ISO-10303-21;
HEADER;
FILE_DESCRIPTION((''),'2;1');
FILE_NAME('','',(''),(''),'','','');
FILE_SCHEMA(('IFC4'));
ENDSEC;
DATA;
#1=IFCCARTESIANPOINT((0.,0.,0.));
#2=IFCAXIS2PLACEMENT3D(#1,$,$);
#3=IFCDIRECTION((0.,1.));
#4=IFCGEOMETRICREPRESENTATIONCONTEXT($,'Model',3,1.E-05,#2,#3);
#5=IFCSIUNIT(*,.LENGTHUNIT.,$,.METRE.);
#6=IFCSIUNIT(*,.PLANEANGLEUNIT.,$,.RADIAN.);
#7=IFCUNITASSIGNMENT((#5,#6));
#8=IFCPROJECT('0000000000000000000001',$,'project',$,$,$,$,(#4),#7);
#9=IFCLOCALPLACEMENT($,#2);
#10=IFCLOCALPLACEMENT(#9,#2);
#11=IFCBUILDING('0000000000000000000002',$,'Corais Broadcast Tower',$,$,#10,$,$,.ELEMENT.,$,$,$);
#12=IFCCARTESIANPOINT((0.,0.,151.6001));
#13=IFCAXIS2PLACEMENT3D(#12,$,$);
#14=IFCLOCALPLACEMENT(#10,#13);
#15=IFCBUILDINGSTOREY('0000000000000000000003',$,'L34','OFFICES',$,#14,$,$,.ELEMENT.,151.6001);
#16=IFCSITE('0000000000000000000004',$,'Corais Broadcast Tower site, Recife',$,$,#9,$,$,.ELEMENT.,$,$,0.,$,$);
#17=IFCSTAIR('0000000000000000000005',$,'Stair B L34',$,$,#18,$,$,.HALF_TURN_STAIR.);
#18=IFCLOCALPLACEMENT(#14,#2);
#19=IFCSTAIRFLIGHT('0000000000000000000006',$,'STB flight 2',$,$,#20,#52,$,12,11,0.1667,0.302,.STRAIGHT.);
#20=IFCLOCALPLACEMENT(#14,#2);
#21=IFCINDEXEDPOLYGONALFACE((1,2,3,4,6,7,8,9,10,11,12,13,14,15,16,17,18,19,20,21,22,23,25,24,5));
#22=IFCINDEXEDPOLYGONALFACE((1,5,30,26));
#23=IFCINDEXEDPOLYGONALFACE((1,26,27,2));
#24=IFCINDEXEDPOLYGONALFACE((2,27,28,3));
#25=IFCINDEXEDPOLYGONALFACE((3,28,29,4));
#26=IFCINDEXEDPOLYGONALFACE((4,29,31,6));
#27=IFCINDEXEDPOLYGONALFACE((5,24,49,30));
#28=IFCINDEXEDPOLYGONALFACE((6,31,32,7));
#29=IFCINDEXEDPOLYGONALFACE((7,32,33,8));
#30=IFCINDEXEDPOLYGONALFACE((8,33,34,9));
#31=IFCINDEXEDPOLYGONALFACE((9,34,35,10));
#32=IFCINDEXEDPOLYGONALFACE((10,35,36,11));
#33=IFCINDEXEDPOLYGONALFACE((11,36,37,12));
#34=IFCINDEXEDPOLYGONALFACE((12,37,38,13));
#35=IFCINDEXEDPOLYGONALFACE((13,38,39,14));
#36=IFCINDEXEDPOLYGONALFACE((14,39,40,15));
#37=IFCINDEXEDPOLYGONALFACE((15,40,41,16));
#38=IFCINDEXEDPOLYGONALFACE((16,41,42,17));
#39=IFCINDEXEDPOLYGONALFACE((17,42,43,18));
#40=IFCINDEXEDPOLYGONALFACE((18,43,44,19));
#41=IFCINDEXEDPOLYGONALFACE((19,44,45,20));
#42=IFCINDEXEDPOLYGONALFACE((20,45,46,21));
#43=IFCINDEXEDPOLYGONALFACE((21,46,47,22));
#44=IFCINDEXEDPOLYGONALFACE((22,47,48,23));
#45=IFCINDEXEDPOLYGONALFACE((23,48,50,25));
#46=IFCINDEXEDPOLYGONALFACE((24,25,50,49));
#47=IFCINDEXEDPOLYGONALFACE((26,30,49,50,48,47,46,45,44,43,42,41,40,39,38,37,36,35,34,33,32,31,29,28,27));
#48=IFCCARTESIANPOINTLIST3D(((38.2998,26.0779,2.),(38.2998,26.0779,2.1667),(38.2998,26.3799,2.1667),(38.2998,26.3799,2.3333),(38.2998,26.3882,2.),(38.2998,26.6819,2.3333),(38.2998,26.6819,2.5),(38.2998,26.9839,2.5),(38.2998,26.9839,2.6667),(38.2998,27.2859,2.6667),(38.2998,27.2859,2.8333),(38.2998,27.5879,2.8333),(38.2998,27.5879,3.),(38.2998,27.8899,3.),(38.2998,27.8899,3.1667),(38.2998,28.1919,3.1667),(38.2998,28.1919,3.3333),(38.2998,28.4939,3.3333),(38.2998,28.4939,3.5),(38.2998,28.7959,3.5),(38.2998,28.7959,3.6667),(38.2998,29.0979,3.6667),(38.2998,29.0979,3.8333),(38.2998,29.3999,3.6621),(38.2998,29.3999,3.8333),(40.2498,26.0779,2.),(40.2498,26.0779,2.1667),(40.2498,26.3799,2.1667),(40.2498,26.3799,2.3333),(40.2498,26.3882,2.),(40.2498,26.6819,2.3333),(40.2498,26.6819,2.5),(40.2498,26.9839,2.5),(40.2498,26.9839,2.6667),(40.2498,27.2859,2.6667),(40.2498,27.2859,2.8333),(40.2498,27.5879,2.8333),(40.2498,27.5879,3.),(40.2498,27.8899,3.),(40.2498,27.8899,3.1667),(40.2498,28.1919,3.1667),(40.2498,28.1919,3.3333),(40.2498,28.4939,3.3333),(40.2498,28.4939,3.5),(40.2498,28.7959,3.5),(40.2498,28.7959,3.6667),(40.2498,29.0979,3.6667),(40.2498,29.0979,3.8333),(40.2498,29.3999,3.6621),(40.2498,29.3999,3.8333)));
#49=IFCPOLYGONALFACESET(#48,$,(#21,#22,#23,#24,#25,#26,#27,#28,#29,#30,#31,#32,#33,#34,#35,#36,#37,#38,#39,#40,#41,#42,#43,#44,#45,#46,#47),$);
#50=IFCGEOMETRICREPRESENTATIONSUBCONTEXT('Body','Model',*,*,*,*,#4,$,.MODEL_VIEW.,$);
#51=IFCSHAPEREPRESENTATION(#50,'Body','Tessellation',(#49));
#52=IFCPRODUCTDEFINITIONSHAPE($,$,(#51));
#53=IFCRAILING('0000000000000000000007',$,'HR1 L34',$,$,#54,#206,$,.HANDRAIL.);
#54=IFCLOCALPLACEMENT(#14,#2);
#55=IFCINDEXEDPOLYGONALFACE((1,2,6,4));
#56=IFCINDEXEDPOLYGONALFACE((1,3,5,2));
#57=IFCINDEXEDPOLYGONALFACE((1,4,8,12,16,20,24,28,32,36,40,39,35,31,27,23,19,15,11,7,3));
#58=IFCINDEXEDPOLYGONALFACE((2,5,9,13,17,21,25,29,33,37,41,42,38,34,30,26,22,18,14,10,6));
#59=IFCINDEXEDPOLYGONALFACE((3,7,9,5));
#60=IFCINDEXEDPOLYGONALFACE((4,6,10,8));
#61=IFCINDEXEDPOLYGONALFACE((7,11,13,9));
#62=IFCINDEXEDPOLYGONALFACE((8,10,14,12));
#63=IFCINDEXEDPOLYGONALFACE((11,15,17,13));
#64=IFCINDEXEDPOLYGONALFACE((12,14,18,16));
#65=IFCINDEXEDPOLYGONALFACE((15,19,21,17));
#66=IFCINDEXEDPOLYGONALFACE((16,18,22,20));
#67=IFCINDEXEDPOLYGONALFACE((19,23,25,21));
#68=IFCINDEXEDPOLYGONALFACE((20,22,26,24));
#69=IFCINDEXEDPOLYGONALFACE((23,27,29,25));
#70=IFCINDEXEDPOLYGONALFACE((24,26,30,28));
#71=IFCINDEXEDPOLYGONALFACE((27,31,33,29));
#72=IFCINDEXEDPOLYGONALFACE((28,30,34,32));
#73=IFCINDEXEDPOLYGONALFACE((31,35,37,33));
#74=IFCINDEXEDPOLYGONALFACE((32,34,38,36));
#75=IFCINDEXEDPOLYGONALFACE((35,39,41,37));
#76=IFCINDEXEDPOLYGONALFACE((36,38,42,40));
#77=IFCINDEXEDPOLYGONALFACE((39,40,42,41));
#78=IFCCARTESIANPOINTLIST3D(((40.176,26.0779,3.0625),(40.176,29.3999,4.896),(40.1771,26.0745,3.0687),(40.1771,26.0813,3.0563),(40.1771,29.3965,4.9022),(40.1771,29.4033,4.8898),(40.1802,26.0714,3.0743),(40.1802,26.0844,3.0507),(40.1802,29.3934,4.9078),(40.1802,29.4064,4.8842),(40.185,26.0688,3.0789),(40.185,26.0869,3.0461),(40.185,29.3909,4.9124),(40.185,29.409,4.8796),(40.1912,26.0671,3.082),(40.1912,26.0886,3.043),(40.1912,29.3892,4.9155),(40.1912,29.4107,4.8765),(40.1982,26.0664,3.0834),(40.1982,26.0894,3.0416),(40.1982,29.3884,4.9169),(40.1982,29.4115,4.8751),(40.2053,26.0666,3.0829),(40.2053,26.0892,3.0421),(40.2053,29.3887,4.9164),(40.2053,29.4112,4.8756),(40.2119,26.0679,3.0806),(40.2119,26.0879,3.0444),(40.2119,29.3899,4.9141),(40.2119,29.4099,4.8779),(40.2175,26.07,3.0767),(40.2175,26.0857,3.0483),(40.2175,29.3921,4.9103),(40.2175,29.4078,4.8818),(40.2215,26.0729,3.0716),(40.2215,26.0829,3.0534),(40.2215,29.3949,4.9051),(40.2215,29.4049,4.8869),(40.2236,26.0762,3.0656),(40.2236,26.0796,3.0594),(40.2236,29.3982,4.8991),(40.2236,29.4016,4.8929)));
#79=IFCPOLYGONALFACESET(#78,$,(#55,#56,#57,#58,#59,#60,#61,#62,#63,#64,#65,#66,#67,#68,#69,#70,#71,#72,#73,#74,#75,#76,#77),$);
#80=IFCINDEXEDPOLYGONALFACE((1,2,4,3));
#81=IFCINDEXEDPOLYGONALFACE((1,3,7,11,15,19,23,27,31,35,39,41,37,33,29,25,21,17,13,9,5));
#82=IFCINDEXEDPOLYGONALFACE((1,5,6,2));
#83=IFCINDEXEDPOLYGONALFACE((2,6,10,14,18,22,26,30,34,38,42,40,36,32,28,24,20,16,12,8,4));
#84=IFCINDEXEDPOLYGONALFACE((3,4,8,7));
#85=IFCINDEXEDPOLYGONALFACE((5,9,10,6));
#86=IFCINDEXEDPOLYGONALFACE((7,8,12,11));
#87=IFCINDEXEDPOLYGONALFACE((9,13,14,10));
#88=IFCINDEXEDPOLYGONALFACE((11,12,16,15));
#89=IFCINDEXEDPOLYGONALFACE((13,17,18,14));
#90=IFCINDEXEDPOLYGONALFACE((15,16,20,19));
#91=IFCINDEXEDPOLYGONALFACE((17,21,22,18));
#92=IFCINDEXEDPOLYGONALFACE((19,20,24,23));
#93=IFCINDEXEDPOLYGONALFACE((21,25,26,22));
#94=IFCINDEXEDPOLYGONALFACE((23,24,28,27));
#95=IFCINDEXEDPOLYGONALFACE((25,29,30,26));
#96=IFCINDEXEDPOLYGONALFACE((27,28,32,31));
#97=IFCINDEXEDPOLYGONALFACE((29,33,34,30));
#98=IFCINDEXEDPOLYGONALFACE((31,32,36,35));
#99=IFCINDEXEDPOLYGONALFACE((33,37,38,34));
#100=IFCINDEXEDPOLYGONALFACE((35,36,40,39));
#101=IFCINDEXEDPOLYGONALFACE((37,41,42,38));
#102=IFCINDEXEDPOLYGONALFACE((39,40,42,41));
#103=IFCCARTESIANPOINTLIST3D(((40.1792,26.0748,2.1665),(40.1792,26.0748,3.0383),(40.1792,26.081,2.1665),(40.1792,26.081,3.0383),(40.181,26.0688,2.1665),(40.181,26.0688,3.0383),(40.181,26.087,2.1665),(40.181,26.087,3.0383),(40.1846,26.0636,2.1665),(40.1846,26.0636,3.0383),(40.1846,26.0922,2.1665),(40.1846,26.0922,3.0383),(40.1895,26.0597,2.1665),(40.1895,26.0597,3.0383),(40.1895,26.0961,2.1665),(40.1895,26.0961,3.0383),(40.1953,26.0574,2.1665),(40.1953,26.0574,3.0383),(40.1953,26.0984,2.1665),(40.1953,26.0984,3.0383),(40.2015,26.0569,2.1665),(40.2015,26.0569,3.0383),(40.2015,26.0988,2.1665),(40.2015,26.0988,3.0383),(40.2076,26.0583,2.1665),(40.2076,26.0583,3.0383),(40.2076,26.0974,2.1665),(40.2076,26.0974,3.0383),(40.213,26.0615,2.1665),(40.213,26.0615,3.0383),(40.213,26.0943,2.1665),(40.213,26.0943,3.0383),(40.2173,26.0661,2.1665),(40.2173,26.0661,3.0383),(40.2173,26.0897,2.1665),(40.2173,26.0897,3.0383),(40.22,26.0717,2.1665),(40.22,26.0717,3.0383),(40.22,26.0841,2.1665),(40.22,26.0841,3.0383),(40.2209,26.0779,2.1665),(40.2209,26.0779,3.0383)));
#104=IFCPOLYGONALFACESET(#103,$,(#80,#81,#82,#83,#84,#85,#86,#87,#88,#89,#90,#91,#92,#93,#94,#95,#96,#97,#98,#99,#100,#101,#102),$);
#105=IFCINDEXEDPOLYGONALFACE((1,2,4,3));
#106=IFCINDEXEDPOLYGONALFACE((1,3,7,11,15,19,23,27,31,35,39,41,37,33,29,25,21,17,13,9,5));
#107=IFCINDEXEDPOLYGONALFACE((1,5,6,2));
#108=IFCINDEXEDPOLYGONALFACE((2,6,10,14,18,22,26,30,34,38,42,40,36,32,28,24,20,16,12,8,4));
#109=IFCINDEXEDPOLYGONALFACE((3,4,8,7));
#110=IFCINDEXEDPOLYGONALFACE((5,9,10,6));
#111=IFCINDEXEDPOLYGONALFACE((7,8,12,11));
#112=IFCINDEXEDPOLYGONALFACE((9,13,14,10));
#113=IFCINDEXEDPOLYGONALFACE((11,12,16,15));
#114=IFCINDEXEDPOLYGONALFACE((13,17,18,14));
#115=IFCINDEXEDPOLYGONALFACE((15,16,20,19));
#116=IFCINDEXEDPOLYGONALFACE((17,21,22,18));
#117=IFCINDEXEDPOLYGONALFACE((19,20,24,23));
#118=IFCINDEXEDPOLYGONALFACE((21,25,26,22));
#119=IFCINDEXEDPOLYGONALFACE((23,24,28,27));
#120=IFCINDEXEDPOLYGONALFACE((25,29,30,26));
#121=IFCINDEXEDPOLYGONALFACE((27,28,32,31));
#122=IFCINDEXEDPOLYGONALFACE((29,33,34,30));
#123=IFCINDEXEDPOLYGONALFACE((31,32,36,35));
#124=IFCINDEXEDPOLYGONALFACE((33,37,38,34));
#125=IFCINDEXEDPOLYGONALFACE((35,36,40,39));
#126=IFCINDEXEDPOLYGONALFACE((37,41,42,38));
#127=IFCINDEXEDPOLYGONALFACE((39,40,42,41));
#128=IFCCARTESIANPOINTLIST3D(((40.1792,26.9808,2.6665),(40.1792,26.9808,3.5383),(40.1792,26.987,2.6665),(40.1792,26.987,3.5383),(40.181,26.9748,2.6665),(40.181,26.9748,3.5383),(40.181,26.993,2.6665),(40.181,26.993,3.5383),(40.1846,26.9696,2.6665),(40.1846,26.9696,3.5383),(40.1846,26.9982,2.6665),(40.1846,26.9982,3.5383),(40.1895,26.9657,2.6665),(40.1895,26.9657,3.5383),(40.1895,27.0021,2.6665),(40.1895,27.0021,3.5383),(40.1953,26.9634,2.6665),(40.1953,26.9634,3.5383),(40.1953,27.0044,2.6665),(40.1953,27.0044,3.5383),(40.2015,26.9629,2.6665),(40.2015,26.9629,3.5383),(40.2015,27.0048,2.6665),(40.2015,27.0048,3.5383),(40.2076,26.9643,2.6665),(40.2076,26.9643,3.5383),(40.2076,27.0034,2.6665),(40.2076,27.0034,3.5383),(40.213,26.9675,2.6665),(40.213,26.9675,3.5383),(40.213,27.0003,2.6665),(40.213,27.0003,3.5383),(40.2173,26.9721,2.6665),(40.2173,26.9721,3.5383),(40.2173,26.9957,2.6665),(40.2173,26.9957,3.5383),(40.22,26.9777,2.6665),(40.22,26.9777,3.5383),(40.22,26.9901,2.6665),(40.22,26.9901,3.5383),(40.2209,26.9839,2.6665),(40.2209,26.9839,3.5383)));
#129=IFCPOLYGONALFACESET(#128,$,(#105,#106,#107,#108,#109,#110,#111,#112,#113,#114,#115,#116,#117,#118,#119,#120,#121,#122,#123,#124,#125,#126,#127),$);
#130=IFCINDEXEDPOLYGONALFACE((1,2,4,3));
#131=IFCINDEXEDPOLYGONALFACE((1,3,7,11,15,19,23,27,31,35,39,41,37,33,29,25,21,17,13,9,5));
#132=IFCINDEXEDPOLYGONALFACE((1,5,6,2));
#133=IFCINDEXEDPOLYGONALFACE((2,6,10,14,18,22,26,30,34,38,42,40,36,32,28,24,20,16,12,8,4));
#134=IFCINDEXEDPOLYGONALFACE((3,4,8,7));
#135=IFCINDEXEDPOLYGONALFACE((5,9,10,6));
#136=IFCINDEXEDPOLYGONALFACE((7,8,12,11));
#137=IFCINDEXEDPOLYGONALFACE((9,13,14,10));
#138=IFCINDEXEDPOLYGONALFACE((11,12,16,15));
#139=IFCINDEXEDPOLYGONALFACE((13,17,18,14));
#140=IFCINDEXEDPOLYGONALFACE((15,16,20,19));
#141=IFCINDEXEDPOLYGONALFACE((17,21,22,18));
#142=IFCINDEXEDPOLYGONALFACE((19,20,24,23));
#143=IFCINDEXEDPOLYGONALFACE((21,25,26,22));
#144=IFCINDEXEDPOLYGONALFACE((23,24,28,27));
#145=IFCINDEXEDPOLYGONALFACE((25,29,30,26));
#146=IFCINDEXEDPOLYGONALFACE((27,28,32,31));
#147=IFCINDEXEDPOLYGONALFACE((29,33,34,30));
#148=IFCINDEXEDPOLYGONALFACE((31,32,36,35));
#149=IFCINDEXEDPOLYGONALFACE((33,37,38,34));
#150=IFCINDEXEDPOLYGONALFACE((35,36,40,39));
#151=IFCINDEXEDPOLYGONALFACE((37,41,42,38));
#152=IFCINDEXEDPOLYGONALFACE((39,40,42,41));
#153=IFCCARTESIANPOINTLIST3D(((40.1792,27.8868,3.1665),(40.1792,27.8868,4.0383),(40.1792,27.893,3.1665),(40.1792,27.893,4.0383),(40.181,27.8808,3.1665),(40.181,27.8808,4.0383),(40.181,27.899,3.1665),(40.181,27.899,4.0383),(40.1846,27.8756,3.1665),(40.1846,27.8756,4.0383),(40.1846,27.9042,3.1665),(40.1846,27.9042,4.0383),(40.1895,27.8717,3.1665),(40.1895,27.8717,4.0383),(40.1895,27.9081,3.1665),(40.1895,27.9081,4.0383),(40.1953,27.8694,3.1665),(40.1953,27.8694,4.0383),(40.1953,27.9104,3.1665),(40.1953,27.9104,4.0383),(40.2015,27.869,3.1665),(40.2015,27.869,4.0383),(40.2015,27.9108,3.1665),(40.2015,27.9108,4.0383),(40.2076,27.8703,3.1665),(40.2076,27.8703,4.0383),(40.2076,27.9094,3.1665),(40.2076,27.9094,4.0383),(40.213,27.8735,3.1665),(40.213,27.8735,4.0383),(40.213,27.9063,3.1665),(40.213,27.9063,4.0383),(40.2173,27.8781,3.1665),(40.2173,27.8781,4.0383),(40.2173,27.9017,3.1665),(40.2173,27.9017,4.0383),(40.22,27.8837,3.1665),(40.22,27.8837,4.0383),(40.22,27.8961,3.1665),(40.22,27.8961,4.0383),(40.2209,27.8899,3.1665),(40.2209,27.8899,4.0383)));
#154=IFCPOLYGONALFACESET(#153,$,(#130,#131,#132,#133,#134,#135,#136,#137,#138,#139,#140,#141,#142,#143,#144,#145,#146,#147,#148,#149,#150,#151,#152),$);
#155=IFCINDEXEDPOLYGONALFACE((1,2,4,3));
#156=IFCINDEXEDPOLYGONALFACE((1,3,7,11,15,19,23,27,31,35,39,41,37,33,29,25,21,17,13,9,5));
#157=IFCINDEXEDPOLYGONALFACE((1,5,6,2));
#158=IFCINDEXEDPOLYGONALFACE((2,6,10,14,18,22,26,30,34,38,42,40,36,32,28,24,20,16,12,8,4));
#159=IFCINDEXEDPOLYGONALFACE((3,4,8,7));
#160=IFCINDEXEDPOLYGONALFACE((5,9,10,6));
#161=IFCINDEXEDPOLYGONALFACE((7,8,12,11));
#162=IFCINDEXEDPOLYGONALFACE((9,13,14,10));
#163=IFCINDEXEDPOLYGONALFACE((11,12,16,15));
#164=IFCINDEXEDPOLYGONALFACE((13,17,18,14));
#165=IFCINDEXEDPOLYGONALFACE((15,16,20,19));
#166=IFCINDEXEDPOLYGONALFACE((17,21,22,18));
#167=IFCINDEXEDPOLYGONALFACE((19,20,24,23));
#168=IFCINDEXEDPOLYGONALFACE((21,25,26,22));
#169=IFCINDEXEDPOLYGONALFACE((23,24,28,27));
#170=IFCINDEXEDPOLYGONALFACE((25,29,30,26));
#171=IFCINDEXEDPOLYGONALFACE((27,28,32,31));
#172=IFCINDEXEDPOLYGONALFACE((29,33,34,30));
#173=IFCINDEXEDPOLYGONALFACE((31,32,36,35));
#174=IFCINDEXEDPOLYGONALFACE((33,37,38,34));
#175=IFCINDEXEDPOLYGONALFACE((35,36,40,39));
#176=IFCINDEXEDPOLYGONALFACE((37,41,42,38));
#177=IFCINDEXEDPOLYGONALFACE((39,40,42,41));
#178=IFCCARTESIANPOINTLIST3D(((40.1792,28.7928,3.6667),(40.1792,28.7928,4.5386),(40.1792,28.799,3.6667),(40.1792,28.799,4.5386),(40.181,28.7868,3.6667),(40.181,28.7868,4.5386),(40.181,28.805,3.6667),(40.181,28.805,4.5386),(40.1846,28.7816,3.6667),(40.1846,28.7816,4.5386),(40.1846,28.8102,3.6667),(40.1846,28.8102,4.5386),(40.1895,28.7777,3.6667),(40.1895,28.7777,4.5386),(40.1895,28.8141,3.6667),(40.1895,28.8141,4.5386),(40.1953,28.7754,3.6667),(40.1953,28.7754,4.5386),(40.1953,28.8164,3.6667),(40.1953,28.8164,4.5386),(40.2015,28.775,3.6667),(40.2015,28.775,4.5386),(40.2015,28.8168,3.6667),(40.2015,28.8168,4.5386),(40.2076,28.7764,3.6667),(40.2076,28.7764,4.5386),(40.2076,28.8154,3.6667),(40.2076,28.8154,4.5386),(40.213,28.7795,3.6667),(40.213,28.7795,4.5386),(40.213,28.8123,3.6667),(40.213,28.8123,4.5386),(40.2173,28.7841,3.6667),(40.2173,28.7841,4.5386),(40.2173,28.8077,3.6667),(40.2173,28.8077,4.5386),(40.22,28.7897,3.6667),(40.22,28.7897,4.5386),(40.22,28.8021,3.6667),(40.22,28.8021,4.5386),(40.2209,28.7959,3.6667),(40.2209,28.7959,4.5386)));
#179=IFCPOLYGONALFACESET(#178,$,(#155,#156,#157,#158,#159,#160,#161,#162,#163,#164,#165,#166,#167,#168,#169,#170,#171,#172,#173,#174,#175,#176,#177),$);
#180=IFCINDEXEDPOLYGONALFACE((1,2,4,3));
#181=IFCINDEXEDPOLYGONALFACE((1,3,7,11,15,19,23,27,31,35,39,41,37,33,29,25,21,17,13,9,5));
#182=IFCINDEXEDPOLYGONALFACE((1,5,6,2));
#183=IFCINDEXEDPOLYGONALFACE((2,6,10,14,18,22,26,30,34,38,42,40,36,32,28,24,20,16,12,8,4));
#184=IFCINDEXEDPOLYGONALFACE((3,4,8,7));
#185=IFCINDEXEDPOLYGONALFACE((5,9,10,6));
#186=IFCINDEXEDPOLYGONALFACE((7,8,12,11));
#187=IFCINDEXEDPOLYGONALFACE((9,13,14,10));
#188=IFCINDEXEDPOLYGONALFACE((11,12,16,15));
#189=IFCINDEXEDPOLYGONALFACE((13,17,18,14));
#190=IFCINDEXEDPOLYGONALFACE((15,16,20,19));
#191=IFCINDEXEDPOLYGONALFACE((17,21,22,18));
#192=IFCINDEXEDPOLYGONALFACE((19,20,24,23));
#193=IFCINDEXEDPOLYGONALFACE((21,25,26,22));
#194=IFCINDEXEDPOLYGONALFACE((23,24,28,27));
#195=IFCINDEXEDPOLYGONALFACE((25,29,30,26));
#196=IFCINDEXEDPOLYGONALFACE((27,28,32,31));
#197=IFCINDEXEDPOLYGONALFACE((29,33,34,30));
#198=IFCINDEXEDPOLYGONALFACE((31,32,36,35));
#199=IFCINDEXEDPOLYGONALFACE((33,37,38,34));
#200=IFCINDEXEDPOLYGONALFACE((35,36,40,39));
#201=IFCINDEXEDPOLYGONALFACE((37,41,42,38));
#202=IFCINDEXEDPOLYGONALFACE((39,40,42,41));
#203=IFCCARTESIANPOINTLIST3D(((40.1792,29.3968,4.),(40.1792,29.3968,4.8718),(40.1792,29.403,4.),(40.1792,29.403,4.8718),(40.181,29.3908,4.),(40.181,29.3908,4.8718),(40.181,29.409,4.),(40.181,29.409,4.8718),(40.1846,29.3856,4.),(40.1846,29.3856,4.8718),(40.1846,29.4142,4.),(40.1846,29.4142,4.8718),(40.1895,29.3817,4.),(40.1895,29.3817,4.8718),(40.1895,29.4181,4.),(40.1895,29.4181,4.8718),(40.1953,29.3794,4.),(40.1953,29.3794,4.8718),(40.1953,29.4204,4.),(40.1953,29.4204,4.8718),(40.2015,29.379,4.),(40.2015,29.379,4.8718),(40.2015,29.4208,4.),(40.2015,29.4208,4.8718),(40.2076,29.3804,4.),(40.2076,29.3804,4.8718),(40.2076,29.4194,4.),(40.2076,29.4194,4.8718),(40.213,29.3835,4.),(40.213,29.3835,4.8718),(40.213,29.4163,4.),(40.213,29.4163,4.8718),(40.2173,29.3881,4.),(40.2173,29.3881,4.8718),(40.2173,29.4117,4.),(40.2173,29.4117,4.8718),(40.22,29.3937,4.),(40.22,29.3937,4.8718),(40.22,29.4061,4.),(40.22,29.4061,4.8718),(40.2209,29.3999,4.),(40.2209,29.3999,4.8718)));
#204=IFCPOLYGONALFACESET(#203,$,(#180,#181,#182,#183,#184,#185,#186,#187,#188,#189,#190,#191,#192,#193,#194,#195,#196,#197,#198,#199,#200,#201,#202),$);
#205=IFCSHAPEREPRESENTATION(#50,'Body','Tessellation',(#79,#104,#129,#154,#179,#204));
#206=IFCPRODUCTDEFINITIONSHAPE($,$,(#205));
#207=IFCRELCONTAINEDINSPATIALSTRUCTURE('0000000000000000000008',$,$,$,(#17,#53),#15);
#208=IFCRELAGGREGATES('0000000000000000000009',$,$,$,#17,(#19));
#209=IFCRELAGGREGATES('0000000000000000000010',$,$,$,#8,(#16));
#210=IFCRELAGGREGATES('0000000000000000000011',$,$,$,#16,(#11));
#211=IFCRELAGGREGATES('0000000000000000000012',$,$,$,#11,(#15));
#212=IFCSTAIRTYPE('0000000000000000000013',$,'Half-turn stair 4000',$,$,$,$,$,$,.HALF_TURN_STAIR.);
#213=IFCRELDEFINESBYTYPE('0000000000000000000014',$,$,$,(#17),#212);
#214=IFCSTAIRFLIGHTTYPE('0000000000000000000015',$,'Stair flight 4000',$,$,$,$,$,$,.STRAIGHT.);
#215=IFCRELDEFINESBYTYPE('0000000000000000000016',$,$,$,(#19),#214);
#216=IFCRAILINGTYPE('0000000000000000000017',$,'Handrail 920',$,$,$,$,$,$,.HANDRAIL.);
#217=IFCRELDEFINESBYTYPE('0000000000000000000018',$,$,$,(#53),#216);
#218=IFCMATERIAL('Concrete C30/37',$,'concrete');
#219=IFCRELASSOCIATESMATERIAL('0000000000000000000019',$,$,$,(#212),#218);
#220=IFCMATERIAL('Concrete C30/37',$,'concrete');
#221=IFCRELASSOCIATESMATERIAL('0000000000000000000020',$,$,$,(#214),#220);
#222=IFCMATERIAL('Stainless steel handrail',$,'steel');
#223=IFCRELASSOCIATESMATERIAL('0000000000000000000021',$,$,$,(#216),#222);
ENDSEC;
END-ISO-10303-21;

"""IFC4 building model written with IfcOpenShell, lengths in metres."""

from ifc_helpers import new_model, si_unit, direction, frame, origin, origin_2d, place, context, subcontext, project, spatial, polyline, circle, outline, extrude, material, type_object, element, aggregate, save


model = new_model("IFC4")

# Units and contexts
model_context = context("Model", 3, precision=1e-05, world=origin(), true_north=direction((0.0, 1.0)))
body_context = subcontext(model_context, "Body", "Model", "MODEL_VIEW")
ifc_project = project(units=[si_unit("LENGTHUNIT", "METRE"), si_unit("PLANEANGLEUNIT", "RADIAN")], contexts=[model_context])

# Site, building, storey
site_placement = place(None, origin())
site = spatial("IfcSite", under=ifc_project, at=site_placement, Name="Corais Broadcast Tower site, Recife", CompositionType="ELEMENT", RefElevation=0.0)
building_placement = place(site_placement, origin())
building = spatial("IfcBuilding", under=site, at=building_placement, Name="Corais Broadcast Tower", CompositionType="ELEMENT")
storey_placement = place(building_placement, frame((0.0, 0.0, 151.6001)))
storey = spatial("IfcBuildingStorey", under=building, at=storey_placement, Name="L34", Description="OFFICES", CompositionType="ELEMENT", Elevation=151.6001)

# Stair, stair flight
ifc_material_1 = material(Name="Concrete C30/37", Category="concrete")
stair_type = type_object("IfcStairType", Name="Half-turn stair 4000", PredefinedType="HALF_TURN_STAIR", material=ifc_material_1)
stair_placement = place(storey_placement, origin())
stair = element("IfcStair", 1, at=stair_placement, inside=storey, type_object=stair_type, Name="Stair B L34", PredefinedType="HALF_TURN_STAIR")
ifc_material_2 = material(Name="Concrete C30/37", Category="concrete")
stair_flight_type = type_object("IfcStairFlightType", Name="Stair flight 4000", PredefinedType="STRAIGHT", material=ifc_material_2)
stair_flight_placement = place(storey_placement, frame((39.2749, 26.0779, 2.0), z_axis=(0.0, 0.0, 1.0), x_axis=(0.0, 1.0, 0.0)))
stair_flight = element("IfcStairFlight", 2, at=stair_flight_placement, type_object=stair_flight_type, Name="STB flight 2", NumberOfRisers=12, NumberOfTreads=11, PredefinedType="STRAIGHT", RiserHeight=0.1667, TreadLength=0.302, context=body_context, shape_type="SweptSolid", body=[
    extrude(outline(polyline([(0.0, 0.0), (0.0, 0.1667), (0.302, 0.1667), (0.302, 0.3333), (0.604, 0.3333), (0.604, 0.5), (0.906, 0.5), (0.906, 0.6667), (1.208, 0.6667), (1.208, 0.8333), (1.51, 0.8333), (1.51, 1.0), (1.812, 1.0), (1.812, 1.1667), (2.114, 1.1667), (2.114, 1.3333), (2.416, 1.3333), (2.416, 1.5), (2.718, 1.5), (2.718, 1.6667), (3.02, 1.6667), (3.02, 1.8333), (3.322, 1.8333), (3.322, 2.0), (3.322, 1.6621), (0.3103, 0.0), (0.0, 0.0)])), frame((0.0, 0.9751, 0.0), z_axis=(0.0, -1.0, 0.0), x_axis=(1.0, 0.0, 0.0)), (0.0, 0.0, 1.0), 1.95),
])
aggregate(stair, [stair_flight])

# Railing
ifc_material_3 = material(Name="Stainless steel handrail", Category="steel")
railing_type = type_object("IfcRailingType", Name="Handrail 920", PredefinedType="HANDRAIL", material=ifc_material_3)
for number, where, name in (
    (3, (40.2, 26.0779, 2.1665), "HR1 L34"),
):
    element("IfcRailing", number, at=place(storey_placement, frame(where)), inside=storey, type_object=railing_type, Name=name, PredefinedType="HANDRAIL", context=body_context, shape_type="SweptSolid", body=[
        extrude(circle(Radius=0.0239, at=origin_2d()), frame((0.0, 0.0, 0.896), z_axis=(0.0, 0.875504, 0.48321), x_axis=(-1.0, 0.0, 0.0)), (0.0, 0.0, 1.0), 3.7944),
        extrude(circle(Radius=0.021, at=origin_2d()), origin(), (0.0, 0.0, 1.0), 0.8718),
        extrude(circle(Radius=0.021, at=origin_2d()), frame((0.0, 0.906, 0.5)), (0.0, 0.0, 1.0), 0.8718),
        extrude(circle(Radius=0.021, at=origin_2d()), frame((0.0, 1.812, 1.0)), (0.0, 0.0, 1.0), 0.8718),
        extrude(circle(Radius=0.021, at=origin_2d()), frame((0.0, 2.718, 1.5002)), (0.0, 0.0, 1.0), 0.8718),
        extrude(circle(Radius=0.021, at=origin_2d()), frame((0.0, 3.322, 1.8335)), (0.0, 0.0, 1.0), 0.8718),
    ])

save(model, "model.ifc")
